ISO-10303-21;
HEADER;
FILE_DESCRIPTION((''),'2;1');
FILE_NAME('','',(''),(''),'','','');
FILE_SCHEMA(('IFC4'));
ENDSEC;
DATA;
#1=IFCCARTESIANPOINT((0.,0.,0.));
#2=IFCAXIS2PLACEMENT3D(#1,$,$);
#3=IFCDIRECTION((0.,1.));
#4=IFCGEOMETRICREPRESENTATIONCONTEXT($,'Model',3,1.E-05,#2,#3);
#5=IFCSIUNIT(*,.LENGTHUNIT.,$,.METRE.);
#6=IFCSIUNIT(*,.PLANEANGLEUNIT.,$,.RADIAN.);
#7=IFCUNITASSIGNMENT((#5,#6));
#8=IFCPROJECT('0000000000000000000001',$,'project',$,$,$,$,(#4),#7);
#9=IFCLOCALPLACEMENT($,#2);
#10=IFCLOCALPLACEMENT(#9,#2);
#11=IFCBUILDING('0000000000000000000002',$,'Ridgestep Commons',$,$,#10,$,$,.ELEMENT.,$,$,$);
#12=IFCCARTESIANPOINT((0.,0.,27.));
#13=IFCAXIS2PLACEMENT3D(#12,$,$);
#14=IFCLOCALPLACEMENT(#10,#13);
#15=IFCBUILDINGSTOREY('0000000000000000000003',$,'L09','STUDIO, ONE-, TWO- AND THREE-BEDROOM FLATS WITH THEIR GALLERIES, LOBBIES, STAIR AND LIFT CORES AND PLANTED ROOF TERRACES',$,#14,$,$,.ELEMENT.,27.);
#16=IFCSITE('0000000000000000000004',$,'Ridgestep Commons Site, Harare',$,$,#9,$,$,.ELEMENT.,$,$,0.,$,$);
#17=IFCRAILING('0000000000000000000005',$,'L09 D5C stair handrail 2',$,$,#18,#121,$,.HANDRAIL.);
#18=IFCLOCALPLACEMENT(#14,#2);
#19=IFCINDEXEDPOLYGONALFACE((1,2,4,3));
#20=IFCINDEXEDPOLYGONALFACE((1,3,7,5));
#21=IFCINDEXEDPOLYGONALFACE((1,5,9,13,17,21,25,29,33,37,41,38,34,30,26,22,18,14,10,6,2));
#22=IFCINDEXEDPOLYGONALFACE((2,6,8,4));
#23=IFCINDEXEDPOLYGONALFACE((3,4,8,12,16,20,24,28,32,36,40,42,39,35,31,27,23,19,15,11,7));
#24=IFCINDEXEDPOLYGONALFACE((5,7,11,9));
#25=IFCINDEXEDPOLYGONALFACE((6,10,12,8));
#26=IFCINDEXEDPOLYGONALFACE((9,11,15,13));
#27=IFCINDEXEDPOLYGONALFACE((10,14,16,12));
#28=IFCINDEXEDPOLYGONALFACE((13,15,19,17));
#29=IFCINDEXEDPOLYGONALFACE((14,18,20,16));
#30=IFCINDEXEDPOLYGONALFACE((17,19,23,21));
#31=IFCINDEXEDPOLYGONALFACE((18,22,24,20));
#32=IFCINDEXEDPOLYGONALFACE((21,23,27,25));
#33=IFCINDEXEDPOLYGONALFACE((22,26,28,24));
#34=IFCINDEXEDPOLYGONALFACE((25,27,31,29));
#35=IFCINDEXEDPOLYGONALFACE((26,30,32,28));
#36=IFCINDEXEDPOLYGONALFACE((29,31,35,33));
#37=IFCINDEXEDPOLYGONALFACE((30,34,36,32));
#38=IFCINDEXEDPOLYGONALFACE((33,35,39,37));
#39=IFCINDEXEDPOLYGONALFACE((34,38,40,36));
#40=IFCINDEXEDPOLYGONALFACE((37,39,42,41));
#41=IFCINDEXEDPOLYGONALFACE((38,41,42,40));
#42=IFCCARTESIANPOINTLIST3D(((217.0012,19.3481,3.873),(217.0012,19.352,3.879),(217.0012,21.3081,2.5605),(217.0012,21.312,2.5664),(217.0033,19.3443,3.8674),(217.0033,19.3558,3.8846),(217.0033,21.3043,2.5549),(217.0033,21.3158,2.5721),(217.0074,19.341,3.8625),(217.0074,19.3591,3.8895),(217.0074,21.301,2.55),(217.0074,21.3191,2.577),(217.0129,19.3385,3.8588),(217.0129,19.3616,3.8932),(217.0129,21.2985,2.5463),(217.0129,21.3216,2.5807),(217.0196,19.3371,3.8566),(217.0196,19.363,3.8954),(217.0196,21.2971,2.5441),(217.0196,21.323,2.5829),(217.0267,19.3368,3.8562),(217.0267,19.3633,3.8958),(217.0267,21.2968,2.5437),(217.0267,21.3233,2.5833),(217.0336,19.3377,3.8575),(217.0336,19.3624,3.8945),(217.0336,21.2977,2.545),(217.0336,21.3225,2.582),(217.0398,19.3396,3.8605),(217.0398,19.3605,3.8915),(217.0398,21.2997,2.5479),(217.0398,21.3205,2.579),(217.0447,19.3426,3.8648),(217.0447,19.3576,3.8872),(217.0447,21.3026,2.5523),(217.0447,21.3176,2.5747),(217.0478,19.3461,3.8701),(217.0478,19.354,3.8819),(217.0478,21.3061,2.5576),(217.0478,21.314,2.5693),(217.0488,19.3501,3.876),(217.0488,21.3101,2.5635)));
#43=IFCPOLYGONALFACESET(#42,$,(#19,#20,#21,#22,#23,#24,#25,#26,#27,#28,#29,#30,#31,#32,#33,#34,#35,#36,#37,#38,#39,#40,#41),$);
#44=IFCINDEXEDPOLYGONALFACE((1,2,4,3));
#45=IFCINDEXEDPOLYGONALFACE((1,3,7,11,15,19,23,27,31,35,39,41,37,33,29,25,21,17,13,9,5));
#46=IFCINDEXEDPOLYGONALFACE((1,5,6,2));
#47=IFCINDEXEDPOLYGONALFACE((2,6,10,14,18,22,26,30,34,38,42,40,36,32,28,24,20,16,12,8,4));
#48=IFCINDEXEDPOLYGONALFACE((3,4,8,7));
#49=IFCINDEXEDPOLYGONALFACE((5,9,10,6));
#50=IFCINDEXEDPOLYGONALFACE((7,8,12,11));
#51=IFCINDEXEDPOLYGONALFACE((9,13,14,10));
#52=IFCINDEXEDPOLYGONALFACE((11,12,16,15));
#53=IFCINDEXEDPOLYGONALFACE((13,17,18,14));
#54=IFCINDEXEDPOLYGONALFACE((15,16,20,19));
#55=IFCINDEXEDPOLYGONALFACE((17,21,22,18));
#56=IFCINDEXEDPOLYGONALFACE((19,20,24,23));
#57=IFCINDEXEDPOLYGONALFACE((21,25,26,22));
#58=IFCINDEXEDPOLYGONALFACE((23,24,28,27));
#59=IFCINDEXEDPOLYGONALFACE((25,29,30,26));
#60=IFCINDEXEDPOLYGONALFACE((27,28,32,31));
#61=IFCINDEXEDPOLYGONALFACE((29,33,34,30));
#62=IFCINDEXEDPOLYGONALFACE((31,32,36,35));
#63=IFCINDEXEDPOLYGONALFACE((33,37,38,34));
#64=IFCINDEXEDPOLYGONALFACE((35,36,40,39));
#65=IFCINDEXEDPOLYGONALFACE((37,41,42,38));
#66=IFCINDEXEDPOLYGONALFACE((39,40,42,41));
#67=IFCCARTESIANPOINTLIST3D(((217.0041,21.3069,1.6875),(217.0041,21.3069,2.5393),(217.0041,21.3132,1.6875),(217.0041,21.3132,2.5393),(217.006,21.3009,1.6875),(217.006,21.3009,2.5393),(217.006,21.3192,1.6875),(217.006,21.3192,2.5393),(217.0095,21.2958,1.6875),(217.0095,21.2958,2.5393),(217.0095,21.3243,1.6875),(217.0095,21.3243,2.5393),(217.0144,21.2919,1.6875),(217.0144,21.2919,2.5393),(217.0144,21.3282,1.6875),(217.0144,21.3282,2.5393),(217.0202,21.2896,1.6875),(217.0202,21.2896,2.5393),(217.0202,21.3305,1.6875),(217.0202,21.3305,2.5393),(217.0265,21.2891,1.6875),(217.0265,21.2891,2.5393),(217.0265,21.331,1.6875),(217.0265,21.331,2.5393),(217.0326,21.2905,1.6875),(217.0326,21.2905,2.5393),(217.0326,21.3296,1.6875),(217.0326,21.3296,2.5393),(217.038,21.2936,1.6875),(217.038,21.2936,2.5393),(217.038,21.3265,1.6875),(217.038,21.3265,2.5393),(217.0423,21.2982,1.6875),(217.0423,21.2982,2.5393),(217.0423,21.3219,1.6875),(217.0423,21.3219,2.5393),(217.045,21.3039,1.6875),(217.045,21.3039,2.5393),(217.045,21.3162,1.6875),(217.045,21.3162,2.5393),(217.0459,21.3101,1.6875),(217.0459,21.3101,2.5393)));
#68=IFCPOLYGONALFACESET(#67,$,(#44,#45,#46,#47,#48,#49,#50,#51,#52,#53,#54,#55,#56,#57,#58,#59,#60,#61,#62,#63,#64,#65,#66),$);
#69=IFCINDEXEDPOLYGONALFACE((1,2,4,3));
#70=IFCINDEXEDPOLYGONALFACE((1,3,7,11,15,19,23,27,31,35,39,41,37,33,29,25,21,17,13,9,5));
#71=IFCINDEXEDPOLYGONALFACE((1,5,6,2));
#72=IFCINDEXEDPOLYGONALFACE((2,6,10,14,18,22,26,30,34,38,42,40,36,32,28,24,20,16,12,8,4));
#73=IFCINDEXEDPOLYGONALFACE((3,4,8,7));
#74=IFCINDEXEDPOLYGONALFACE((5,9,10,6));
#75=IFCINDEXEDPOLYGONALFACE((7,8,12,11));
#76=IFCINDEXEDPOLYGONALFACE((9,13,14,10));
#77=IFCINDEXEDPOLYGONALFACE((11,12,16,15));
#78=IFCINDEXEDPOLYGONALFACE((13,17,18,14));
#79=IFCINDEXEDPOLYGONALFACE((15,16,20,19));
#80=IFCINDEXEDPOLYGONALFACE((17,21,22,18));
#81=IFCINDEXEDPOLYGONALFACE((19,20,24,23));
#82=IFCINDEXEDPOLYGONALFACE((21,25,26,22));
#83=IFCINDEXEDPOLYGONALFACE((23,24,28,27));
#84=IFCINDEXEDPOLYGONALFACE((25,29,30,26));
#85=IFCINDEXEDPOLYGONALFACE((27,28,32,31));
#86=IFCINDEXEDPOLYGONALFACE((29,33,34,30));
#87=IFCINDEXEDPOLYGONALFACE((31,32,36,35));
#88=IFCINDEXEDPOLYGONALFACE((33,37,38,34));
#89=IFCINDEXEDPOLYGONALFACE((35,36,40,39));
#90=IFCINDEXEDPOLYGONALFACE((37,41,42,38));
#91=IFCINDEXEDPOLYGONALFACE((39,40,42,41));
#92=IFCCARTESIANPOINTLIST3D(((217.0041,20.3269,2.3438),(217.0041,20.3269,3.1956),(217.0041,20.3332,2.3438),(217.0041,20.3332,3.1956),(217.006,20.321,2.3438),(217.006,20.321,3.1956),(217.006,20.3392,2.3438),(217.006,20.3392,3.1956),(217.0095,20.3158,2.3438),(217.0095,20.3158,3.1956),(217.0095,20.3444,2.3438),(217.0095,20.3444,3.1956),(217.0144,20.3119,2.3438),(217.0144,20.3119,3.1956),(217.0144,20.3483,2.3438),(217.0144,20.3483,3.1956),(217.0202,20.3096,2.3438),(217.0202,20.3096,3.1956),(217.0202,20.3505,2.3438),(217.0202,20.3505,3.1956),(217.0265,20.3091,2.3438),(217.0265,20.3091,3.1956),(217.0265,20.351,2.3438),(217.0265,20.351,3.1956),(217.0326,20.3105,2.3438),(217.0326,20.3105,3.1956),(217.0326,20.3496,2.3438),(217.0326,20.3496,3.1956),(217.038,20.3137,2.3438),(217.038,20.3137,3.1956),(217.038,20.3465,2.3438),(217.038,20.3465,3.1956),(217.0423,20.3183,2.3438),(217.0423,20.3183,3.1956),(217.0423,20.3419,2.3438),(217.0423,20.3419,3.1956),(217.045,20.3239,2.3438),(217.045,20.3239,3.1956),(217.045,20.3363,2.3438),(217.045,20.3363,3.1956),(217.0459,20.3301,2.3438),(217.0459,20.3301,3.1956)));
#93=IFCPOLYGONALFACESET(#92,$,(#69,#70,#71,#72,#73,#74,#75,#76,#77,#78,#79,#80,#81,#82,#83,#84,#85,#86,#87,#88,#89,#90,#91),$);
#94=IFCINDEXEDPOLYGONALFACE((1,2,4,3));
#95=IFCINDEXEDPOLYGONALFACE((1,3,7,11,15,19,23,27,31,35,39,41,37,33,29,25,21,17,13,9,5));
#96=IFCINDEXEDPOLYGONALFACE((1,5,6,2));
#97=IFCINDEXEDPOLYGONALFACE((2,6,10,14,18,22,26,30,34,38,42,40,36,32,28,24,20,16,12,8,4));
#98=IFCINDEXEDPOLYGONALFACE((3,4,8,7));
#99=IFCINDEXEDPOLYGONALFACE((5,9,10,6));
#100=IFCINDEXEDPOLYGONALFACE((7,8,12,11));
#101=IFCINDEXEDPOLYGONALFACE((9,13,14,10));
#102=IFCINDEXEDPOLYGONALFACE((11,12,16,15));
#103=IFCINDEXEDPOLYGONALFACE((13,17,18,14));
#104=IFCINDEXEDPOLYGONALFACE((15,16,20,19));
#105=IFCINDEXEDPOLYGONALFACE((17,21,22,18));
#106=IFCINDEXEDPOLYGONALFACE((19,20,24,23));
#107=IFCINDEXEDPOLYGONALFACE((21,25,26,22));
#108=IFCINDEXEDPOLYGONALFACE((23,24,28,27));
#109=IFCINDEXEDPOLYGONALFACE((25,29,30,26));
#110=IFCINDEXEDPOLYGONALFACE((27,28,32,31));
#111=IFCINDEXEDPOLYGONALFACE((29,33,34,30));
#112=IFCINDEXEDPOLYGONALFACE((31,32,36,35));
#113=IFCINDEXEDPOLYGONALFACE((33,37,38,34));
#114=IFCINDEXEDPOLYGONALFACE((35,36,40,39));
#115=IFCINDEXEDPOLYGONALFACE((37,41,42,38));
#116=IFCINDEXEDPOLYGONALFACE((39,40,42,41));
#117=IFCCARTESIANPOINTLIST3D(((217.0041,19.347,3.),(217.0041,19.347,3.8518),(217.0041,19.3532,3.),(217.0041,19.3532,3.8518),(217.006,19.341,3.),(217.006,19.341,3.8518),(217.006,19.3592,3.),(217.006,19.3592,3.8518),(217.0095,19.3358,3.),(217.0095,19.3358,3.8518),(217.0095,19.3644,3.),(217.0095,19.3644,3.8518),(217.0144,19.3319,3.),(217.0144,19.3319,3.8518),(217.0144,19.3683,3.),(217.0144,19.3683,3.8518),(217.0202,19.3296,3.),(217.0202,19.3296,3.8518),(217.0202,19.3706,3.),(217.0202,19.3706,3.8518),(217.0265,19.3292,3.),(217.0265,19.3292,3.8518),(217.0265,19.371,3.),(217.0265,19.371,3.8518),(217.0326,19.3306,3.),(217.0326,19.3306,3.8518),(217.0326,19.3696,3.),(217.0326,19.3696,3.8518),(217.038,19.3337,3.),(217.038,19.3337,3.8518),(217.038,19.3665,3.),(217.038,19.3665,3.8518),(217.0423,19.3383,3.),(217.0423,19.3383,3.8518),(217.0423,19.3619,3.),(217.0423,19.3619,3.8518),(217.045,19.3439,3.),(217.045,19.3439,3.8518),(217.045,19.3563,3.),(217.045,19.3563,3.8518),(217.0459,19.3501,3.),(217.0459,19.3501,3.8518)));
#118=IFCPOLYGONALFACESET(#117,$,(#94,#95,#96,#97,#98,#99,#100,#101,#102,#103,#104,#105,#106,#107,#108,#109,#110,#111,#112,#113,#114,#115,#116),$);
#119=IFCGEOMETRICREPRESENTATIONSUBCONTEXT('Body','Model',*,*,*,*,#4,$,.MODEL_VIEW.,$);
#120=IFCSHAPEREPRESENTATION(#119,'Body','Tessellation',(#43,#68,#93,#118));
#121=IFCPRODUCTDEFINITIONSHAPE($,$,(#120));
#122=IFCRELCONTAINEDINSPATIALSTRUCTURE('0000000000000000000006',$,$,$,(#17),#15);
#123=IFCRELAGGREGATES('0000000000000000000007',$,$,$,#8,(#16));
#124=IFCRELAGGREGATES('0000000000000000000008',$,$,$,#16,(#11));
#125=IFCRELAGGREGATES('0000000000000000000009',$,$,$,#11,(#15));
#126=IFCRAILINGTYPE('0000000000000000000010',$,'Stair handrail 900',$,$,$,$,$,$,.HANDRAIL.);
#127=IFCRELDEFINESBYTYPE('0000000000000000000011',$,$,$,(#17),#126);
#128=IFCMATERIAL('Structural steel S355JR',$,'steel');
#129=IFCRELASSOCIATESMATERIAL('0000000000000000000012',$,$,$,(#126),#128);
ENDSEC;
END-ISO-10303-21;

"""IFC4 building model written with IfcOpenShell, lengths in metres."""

from ifc_helpers import new_model, si_unit, direction, frame, origin, origin_2d, place, context, subcontext, project, spatial, circle, extrude, material, type_object, element, save


model = new_model("IFC4")

# Units and contexts
model_context = context("Model", 3, precision=1e-05, world=origin(), true_north=direction((0.0, 1.0)))
body_context = subcontext(model_context, "Body", "Model", "MODEL_VIEW")
ifc_project = project(units=[si_unit("LENGTHUNIT", "METRE"), si_unit("PLANEANGLEUNIT", "RADIAN")], contexts=[model_context])

# Site, building, storey
site_placement = place(None, origin())
site = spatial("IfcSite", under=ifc_project, at=site_placement, Name="Ridgestep Commons Site, Harare", CompositionType="ELEMENT", RefElevation=0.0)
building_placement = place(site_placement, origin())
building = spatial("IfcBuilding", under=site, at=building_placement, Name="Ridgestep Commons", CompositionType="ELEMENT")
storey_placement = place(building_placement, frame((0.0, 0.0, 27.0)))
storey = spatial("IfcBuildingStorey", under=building, at=storey_placement, Name="L09", Description="STUDIO, ONE-, TWO- AND THREE-BEDROOM FLATS WITH THEIR GALLERIES, LOBBIES, STAIR AND LIFT CORES AND PLANTED ROOF TERRACES", CompositionType="ELEMENT", Elevation=27.0)

# Railing
ifc_material_1 = material(Name="Structural steel S355JR", Category="steel")
railing_type_1 = type_object("IfcRailingType", Name="Stair handrail 900", PredefinedType="HANDRAIL", material=ifc_material_1)
railing_1_placement = place(storey_placement, frame((217.0249, 21.3101, 1.6875)))
element("IfcRailing", 1, at=railing_1_placement, inside=storey, type_object=railing_type_1, Name="L09 D5C stair handrail 2", PredefinedType="HANDRAIL", context=body_context, shape_type="SweptSolid", body=[
    extrude(circle(Radius=0.0239, at=origin_2d()), frame((0.0, 0.0, 0.876), z_axis=(0.0, -0.830902, 0.556419), x_axis=(1.0, 0.0, 0.0)), (0.0, 0.0, 1.0), 2.3589),
    extrude(circle(Radius=0.021, at=origin_2d()), origin(), (0.0, 0.0, 1.0), 0.8518),
    extrude(circle(Radius=0.021, at=origin_2d()), frame((0.0, -0.98, 0.6562)), (0.0, 0.0, 1.0), 0.8518),
    extrude(circle(Radius=0.021, at=origin_2d()), frame((0.0, -1.96, 1.3125)), (0.0, 0.0, 1.0), 0.8518),
])

save(model, "model.ifc")
